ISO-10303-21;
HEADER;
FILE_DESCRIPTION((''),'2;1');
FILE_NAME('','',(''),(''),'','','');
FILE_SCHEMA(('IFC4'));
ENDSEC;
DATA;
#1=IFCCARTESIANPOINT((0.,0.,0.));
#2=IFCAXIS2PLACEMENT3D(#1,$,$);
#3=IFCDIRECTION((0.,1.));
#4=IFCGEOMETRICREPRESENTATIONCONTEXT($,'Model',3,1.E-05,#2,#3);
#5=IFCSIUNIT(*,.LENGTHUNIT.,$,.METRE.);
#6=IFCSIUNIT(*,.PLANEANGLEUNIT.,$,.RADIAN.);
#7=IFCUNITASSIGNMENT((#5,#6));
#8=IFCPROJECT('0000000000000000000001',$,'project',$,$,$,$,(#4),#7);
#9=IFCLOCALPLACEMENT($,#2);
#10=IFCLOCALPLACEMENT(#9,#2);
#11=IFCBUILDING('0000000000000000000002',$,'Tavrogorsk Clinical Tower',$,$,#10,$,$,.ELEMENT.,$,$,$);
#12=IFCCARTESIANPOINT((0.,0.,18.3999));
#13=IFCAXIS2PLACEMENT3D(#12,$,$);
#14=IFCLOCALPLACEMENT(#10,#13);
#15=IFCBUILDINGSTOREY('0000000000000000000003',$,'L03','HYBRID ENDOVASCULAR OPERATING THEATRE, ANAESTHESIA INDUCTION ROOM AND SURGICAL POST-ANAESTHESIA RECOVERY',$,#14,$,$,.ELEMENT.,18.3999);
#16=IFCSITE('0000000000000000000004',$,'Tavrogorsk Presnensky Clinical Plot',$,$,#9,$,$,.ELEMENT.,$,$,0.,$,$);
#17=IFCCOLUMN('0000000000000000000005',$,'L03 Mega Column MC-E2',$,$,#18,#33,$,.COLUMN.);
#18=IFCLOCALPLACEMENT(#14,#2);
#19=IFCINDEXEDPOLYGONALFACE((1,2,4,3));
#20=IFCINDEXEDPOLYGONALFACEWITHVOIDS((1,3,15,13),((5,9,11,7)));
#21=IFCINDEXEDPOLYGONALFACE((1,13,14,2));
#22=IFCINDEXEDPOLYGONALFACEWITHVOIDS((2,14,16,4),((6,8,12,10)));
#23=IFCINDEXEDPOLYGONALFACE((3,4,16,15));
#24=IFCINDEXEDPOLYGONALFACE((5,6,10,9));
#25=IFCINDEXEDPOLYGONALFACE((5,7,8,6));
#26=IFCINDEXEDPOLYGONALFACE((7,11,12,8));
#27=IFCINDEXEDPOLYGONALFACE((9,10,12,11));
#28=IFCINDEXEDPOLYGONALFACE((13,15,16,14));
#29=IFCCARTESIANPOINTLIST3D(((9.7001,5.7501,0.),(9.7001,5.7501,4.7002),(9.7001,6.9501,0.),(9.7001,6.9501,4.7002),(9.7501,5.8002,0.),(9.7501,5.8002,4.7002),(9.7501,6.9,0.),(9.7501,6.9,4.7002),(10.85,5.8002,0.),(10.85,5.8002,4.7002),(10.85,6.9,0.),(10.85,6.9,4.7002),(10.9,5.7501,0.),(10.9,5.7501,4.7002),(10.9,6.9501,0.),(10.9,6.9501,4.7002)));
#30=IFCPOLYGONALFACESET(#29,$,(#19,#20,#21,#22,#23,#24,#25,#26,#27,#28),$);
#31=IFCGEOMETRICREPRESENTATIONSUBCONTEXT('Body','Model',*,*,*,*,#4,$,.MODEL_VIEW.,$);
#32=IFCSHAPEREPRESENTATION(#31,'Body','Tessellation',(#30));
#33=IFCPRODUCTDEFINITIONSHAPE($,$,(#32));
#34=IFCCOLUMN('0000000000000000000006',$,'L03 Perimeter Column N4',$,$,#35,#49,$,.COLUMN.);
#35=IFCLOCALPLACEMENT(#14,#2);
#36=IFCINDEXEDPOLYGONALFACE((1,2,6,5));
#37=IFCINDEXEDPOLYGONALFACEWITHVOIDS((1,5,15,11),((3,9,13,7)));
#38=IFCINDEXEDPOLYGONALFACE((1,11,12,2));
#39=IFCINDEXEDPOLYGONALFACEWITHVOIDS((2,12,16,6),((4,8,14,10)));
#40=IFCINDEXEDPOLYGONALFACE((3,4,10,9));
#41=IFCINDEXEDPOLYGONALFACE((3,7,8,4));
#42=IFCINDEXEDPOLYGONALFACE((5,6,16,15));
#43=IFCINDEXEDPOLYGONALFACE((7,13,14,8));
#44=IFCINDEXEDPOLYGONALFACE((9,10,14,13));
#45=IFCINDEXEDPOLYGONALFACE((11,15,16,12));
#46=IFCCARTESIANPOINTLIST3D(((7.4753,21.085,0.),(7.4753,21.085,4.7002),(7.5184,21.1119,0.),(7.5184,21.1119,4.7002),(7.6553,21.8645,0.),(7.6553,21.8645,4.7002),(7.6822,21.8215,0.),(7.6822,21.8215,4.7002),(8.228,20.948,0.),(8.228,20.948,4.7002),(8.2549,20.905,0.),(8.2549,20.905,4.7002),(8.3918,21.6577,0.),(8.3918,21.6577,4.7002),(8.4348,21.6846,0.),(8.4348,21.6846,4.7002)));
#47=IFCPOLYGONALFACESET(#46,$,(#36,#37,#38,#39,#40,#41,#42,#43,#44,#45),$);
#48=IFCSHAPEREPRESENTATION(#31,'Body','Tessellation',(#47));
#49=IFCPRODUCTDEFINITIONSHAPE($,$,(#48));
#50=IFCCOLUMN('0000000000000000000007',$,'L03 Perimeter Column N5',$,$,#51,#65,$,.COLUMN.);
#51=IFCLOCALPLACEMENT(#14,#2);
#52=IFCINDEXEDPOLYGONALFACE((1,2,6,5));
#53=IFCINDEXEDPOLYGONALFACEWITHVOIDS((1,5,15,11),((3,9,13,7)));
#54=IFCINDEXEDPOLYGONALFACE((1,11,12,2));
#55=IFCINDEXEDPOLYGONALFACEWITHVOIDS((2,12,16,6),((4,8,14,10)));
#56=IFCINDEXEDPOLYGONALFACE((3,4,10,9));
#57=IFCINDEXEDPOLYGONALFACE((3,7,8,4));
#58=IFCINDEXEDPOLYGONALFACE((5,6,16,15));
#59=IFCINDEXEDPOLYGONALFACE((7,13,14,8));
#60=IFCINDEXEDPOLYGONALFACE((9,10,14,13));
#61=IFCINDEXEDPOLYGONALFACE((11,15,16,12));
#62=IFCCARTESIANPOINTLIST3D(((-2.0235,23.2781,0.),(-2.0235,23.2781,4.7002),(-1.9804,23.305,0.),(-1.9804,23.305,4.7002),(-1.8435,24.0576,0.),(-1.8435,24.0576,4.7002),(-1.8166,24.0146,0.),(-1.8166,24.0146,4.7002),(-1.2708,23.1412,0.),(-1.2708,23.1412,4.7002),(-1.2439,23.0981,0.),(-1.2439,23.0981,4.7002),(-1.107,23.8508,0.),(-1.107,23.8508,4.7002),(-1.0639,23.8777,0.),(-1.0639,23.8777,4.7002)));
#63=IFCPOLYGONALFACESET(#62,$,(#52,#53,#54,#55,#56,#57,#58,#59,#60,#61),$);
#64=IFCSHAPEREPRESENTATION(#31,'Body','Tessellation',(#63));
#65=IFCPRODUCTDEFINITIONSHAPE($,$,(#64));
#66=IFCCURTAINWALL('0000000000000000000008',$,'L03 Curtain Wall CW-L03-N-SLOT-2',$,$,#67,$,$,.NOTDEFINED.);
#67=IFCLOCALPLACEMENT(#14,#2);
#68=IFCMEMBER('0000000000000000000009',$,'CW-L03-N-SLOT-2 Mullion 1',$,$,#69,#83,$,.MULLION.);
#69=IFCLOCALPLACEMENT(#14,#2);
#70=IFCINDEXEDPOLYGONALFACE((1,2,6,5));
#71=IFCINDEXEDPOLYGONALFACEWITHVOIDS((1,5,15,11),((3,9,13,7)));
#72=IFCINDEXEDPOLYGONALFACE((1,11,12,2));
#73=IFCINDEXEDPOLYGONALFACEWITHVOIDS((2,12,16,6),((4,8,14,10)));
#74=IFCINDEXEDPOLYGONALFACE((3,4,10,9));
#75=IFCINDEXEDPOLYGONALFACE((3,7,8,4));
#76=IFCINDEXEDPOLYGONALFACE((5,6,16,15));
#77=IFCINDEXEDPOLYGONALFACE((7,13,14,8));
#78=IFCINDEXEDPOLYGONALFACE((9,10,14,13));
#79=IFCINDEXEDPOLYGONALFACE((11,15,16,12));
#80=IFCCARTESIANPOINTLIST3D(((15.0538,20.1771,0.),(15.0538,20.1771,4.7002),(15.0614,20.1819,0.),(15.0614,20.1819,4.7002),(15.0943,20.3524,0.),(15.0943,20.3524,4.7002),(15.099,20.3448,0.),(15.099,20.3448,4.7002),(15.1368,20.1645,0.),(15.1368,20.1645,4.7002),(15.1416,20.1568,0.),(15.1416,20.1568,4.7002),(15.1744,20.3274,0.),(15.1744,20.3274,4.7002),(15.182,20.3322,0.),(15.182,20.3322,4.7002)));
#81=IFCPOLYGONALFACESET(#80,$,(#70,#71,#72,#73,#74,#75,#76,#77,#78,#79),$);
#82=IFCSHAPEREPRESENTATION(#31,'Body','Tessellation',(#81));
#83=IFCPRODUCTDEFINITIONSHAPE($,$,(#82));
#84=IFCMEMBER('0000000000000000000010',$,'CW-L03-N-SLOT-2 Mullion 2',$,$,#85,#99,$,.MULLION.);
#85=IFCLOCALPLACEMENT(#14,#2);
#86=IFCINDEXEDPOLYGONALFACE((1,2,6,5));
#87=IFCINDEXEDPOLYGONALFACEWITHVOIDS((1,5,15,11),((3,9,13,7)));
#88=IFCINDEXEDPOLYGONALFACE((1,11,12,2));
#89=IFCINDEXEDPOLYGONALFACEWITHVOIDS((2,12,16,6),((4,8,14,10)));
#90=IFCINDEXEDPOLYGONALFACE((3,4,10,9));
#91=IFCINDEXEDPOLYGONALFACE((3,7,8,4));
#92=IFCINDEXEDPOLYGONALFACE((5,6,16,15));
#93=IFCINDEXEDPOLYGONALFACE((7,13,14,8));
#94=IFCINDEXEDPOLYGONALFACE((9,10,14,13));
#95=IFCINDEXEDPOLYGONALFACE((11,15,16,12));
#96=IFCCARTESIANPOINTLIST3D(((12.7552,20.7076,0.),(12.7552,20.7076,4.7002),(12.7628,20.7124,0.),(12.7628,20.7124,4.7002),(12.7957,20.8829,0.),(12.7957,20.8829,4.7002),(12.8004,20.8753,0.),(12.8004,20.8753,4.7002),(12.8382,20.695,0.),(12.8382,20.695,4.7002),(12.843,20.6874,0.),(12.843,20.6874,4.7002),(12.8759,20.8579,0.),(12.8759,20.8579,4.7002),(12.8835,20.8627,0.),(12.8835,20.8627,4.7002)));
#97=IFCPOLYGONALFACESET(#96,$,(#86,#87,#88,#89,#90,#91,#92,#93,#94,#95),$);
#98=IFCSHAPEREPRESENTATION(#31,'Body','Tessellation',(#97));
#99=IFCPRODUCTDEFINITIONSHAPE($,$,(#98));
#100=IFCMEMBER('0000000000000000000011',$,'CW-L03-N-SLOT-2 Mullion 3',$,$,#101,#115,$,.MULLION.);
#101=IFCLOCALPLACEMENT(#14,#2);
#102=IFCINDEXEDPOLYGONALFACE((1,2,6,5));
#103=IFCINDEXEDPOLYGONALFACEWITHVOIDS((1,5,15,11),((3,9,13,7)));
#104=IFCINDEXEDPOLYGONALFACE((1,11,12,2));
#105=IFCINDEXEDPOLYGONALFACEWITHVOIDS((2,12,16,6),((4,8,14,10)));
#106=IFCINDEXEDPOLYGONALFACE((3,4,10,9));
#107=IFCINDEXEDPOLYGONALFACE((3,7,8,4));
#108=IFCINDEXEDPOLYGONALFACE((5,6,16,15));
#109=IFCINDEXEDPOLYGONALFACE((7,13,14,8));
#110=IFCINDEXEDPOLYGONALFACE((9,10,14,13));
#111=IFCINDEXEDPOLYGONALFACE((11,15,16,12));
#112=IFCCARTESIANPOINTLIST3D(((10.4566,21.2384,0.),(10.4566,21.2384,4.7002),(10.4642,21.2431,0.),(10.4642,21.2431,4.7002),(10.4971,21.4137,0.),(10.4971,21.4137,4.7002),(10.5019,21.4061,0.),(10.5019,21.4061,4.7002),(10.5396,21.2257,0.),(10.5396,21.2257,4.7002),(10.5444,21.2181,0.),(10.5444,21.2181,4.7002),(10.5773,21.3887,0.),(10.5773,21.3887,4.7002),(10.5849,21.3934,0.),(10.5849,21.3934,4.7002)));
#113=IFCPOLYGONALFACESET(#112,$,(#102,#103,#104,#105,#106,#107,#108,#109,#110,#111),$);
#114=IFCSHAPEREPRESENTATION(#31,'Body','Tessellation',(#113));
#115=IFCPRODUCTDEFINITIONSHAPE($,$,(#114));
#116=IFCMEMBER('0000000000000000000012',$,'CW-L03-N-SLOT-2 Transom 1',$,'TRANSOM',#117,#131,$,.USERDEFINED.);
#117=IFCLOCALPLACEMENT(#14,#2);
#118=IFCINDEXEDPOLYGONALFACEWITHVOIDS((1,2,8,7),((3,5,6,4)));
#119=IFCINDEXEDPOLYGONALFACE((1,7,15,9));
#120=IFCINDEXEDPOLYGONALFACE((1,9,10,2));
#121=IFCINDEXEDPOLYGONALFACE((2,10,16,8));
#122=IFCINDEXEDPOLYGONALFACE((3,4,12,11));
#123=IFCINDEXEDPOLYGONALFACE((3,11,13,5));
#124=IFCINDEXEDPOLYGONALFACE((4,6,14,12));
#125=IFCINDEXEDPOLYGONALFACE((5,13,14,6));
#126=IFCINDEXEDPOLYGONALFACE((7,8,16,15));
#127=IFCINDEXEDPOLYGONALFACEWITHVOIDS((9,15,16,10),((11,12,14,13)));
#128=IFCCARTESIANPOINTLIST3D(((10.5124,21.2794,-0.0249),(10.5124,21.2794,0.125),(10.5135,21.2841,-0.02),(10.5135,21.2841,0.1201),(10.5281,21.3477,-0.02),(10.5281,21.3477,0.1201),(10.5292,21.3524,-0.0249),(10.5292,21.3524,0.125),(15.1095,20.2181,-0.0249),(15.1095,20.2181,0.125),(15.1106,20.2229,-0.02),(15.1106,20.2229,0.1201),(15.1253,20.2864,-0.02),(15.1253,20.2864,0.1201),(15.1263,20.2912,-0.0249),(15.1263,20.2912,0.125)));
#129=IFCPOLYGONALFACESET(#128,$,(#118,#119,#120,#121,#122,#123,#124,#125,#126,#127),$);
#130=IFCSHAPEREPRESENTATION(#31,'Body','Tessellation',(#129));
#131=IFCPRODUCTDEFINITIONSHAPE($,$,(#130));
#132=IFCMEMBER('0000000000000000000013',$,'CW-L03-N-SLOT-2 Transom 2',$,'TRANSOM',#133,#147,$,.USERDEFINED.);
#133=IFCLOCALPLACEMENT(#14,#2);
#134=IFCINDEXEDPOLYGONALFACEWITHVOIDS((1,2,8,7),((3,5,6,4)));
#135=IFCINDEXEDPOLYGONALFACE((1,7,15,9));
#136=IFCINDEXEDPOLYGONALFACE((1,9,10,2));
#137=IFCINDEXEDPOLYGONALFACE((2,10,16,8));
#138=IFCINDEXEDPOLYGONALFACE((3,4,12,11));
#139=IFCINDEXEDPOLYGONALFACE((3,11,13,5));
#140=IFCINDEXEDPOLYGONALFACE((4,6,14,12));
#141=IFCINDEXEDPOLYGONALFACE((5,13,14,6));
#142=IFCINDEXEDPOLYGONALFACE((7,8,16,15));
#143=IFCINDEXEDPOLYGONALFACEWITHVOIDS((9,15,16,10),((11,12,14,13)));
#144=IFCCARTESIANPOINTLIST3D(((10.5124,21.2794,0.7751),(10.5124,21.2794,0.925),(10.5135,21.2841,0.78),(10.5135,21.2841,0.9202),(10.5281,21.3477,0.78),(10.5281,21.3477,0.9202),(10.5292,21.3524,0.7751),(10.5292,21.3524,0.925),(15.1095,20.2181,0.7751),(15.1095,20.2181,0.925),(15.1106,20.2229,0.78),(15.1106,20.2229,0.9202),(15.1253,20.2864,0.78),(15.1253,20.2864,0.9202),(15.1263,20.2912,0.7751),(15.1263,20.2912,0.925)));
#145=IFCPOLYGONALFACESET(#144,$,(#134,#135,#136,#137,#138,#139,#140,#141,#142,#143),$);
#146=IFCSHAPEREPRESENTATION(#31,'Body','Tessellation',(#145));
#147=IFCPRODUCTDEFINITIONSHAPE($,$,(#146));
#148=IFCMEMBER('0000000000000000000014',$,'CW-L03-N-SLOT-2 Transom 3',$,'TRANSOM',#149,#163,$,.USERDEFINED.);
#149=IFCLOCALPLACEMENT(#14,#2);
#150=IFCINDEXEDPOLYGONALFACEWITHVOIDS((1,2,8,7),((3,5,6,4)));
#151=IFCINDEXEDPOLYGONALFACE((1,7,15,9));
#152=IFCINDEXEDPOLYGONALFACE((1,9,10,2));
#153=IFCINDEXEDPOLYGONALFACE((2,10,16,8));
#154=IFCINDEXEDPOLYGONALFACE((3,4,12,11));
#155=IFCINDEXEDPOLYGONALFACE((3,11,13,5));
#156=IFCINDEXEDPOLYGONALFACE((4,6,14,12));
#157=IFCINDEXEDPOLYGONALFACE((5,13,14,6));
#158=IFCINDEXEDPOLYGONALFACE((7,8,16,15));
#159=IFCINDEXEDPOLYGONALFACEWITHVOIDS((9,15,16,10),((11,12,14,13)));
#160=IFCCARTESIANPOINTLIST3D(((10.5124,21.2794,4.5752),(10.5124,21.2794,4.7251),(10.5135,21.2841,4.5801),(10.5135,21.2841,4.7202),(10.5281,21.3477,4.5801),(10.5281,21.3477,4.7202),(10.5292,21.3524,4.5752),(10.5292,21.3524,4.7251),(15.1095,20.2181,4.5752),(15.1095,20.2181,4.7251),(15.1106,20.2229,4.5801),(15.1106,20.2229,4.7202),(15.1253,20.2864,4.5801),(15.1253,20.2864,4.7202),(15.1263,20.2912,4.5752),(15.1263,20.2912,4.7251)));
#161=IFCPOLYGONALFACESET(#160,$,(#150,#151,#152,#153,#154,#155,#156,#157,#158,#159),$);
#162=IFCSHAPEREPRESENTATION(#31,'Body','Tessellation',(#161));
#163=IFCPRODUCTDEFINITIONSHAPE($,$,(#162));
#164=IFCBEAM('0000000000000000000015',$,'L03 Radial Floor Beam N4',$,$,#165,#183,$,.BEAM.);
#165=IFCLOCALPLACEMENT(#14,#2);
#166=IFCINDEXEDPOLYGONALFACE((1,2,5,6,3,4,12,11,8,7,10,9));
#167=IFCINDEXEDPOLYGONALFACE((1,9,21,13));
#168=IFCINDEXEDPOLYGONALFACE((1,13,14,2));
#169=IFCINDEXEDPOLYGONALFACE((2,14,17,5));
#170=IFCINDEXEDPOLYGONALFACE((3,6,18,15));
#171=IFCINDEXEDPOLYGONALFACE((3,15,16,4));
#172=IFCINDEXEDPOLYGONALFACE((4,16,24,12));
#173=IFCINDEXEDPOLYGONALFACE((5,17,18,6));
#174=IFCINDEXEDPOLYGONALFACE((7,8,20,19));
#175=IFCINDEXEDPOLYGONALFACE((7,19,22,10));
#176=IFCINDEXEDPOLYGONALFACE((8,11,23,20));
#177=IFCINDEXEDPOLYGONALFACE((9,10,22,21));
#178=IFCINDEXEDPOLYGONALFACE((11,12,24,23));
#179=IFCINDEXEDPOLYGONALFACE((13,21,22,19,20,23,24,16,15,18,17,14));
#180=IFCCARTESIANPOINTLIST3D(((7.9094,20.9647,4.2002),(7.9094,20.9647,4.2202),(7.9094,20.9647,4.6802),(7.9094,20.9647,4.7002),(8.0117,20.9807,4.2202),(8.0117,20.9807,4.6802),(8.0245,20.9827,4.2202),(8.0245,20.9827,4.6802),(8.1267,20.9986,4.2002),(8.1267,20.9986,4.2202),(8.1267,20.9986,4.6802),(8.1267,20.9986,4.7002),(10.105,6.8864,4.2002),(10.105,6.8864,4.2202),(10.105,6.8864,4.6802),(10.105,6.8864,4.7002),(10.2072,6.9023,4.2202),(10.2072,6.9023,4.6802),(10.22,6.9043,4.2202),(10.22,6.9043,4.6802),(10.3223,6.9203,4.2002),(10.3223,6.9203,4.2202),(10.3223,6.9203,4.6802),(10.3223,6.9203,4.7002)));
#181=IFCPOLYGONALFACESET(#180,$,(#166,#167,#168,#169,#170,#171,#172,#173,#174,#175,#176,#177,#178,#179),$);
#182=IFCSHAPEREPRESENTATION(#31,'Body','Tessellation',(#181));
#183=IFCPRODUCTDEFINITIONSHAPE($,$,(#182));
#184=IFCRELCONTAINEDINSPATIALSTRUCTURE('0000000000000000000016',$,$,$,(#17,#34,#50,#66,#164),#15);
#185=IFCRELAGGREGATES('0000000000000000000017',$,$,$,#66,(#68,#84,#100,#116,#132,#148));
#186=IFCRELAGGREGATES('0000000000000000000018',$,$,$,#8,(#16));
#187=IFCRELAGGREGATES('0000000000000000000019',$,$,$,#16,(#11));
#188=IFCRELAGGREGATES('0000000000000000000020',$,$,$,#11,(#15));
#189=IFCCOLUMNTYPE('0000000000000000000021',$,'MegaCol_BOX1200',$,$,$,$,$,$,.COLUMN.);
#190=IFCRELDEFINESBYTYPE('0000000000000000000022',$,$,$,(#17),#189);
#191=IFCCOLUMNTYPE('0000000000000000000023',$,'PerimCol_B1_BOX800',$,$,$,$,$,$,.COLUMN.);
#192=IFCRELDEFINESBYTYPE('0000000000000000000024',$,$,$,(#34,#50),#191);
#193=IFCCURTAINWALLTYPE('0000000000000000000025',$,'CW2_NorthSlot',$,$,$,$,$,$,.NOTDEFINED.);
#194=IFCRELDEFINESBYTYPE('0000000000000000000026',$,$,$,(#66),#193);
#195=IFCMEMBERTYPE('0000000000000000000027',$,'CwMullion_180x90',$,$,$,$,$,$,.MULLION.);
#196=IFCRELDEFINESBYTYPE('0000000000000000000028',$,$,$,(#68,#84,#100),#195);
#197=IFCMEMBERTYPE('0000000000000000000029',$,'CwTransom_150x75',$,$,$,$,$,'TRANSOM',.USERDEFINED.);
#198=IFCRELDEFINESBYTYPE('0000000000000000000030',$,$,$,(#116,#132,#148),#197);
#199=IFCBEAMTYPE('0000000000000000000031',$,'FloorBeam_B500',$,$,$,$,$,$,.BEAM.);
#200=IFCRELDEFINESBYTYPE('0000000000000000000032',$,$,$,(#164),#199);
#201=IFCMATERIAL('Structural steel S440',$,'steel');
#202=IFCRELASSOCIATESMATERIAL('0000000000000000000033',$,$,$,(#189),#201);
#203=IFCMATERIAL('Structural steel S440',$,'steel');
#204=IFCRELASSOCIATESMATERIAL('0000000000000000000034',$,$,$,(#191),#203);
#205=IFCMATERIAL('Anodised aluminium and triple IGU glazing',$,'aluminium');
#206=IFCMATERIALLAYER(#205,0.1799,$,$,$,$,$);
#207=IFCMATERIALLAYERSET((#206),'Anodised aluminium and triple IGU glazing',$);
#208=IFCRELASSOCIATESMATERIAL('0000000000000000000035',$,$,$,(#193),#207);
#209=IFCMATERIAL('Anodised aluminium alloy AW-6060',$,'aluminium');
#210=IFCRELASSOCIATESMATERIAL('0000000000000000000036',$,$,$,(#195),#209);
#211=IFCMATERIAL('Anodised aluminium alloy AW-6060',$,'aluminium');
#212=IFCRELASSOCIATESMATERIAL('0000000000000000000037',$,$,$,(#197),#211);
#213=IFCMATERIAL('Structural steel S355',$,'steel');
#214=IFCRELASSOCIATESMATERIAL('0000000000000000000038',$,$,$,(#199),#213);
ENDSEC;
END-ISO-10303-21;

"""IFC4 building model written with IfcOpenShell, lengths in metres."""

from ifc_helpers import new_model, si_unit, direction, frame, origin, origin_2d, place, context, subcontext, project, spatial, hollow_rectangle, i_section, extrude, material, layer, layer_set, material_profile, profile_set, type_object, element, aggregate, save


model = new_model("IFC4")

# Units and contexts
model_context = context("Model", 3, precision=1e-05, world=origin(), true_north=direction((0.0, 1.0)))
body_context = subcontext(model_context, "Body", "Model", "MODEL_VIEW")
ifc_project = project(units=[si_unit("LENGTHUNIT", "METRE"), si_unit("PLANEANGLEUNIT", "RADIAN")], contexts=[model_context])

# Site, building, storey
site_placement = place(None, origin())
site = spatial("IfcSite", under=ifc_project, at=site_placement, Name="Tavrogorsk Presnensky Clinical Plot", CompositionType="ELEMENT", RefElevation=0.0)
building_placement = place(site_placement, origin())
building = spatial("IfcBuilding", under=site, at=building_placement, Name="Tavrogorsk Clinical Tower", CompositionType="ELEMENT")
storey_placement = place(building_placement, frame((0.0, 0.0, 18.3999)))
storey = spatial("IfcBuildingStorey", under=building, at=storey_placement, Name="L03", Description="HYBRID ENDOVASCULAR OPERATING THEATRE, ANAESTHESIA INDUCTION ROOM AND SURGICAL POST-ANAESTHESIA RECOVERY", CompositionType="ELEMENT", Elevation=18.3999)

# Columns
ifc_material_1 = material(Name="Structural steel S440", Category="steel")
ifc_material_profile_1 = material_profile(ifc_material_1, hollow_rectangle(XDim=1.2, YDim=1.2, WallThickness=0.05, at=origin_2d()), Name="BOX-1200x1200x50")
ifc_profile_set_1 = profile_set([ifc_material_profile_1], Name="Structural steel S440")
column_type_1 = type_object("IfcColumnType", Name="MegaCol_BOX1200", PredefinedType="COLUMN", material=ifc_profile_set_1)
column_placement = place(storey_placement, frame((10.3, 6.3501, 0.0), z_axis=(0.0, 0.0, 1.0), x_axis=(1.0, 0.0, 0.0)))
element("IfcColumn", 1, at=column_placement, inside=storey, type_object=column_type_1, Name="L03 Mega Column MC-E2", PredefinedType="COLUMN", context=body_context, shape_type="SweptSolid", body=[
    extrude(hollow_rectangle(XDim=1.2, YDim=1.2, WallThickness=0.05, at=origin_2d()), origin(), (0.0, 0.0, 1.0), 4.7002),
])
ifc_material_2 = material(Name="Structural steel S440", Category="steel")
ifc_material_profile_2 = material_profile(ifc_material_2, hollow_rectangle(XDim=0.8, YDim=0.8, WallThickness=0.0359, at=origin_2d()), Name="BOX-800x800x36")
ifc_profile_set_2 = profile_set([ifc_material_profile_2], Name="Structural steel S440")
column_type_2 = type_object("IfcColumnType", Name="PerimCol_B1_BOX800", PredefinedType="COLUMN", material=ifc_profile_set_2)
for number, where, z_axis, x_axis, name in (
    (2, (7.9551, 21.3848, 0.0), (0.0, 0.0, 1.0), (0.97437, -0.224951, 0.0), "L03 Perimeter Column N4"),
    (3, (-1.5437, 23.5779, 0.0), (0.0, 0.0, 1.0), (0.97437, -0.224951, 0.0), "L03 Perimeter Column N5"),
):
    element("IfcColumn", number, at=place(storey_placement, frame(where, z_axis=z_axis, x_axis=x_axis)), inside=storey, type_object=column_type_2, Name=name, PredefinedType="COLUMN", context=body_context, shape_type="SweptSolid", body=[
        extrude(hollow_rectangle(XDim=0.8, YDim=0.8, WallThickness=0.0359, at=origin_2d()), origin(), (0.0, 0.0, 1.0), 4.7002),
    ])

# Curtain wall, members
ifc_material_3 = material(Name="Anodised aluminium and triple IGU glazing", Category="aluminium")
ifc_layer_1 = layer(ifc_material_3, 0.1799)
ifc_layer_set_1 = layer_set([ifc_layer_1], Name="Anodised aluminium and triple IGU glazing")
curtain_wall_type = type_object("IfcCurtainWallType", Name="CW2_NorthSlot", PredefinedType="NOTDEFINED", material=ifc_layer_set_1)
curtain_wall_placement = place(storey_placement, origin())
curtain_wall = element("IfcCurtainWall", 4, at=curtain_wall_placement, inside=storey, type_object=curtain_wall_type, Name="L03 Curtain Wall CW-L03-N-SLOT-2", PredefinedType="NOTDEFINED")
ifc_material_4 = material(Name="Anodised aluminium alloy AW-6060", Category="aluminium")
ifc_material_profile_3 = material_profile(ifc_material_4, hollow_rectangle(XDim=0.0901, YDim=0.1799, WallThickness=0.0063, at=origin_2d()), Name="RHS-180x90x6.3")
ifc_profile_set_3 = profile_set([ifc_material_profile_3], Name="Anodised aluminium alloy AW-6060")
member_type_1 = type_object("IfcMemberType", Name="CwMullion_180x90", PredefinedType="MULLION", material=ifc_profile_set_3)
member_1_placement = place(storey_placement, frame((15.1179, 20.2546, 0.0), z_axis=(0.0, 0.0, 1.0), x_axis=(-0.97437, 0.224951, 0.0)))
member_1 = element("IfcMember", 5, at=member_1_placement, type_object=member_type_1, Name="CW-L03-N-SLOT-2 Mullion 1", PredefinedType="MULLION", context=body_context, shape_type="SweptSolid", body=[
    extrude(hollow_rectangle(XDim=0.0901, YDim=0.1799, WallThickness=0.0063, at=origin_2d()), origin(), (0.0, 0.0, 1.0), 4.7002),
])
member_2_placement = place(storey_placement, frame((12.8193, 20.7852, 0.0), z_axis=(0.0, 0.0, 1.0), x_axis=(-0.97437, 0.224951, 0.0)))
member_2 = element("IfcMember", 6, at=member_2_placement, type_object=member_type_1, Name="CW-L03-N-SLOT-2 Mullion 2", PredefinedType="MULLION", context=body_context, shape_type="SweptSolid", body=[
    extrude(hollow_rectangle(XDim=0.0901, YDim=0.1799, WallThickness=0.0063, at=origin_2d()), origin(), (0.0, 0.0, 1.0), 4.7002),
])
member_3_placement = place(storey_placement, frame((10.5208, 21.3159, 0.0), z_axis=(0.0, 0.0, 1.0), x_axis=(-0.97437, 0.224951, 0.0)))
member_3 = element("IfcMember", 7, at=member_3_placement, type_object=member_type_1, Name="CW-L03-N-SLOT-2 Mullion 3", PredefinedType="MULLION", context=body_context, shape_type="SweptSolid", body=[
    extrude(hollow_rectangle(XDim=0.0901, YDim=0.1799, WallThickness=0.0063, at=origin_2d()), origin(), (0.0, 0.0, 1.0), 4.7002),
])
ifc_material_5 = material(Name="Anodised aluminium alloy AW-6060", Category="aluminium")
ifc_material_profile_4 = material_profile(ifc_material_5, hollow_rectangle(XDim=0.075, YDim=0.1499, WallThickness=0.0049, at=origin_2d()), Name="RHS-150x75x5")
ifc_profile_set_4 = profile_set([ifc_material_profile_4], Name="Anodised aluminium alloy AW-6060")
member_type_2 = type_object("IfcMemberType", Name="CwTransom_150x75", ElementType="TRANSOM", PredefinedType="USERDEFINED", material=ifc_profile_set_4)
member_4_placement = place(storey_placement, frame((15.1179, 20.2546, 0.05), z_axis=(-0.974373, 0.224939, 0.0), x_axis=(-0.224939, -0.974373, 0.0)))
member_4 = element("IfcMember", 8, at=member_4_placement, type_object=member_type_2, Name="CW-L03-N-SLOT-2 Transom 1", ObjectType="TRANSOM", PredefinedType="USERDEFINED", context=body_context, shape_type="SweptSolid", body=[
    extrude(hollow_rectangle(XDim=0.075, YDim=0.1499, WallThickness=0.0049, at=origin_2d()), origin(), (0.0, 0.0, 1.0), 4.718),
])
member_5_placement = place(storey_placement, frame((15.1179, 20.2546, 0.8501), z_axis=(-0.974373, 0.224939, 0.0), x_axis=(-0.224939, -0.974373, 0.0)))
member_5 = element("IfcMember", 9, at=member_5_placement, type_object=member_type_2, Name="CW-L03-N-SLOT-2 Transom 2", ObjectType="TRANSOM", PredefinedType="USERDEFINED", context=body_context, shape_type="SweptSolid", body=[
    extrude(hollow_rectangle(XDim=0.075, YDim=0.1499, WallThickness=0.0049, at=origin_2d()), origin(), (0.0, 0.0, 1.0), 4.718),
])
member_6_placement = place(storey_placement, frame((15.1179, 20.2546, 4.6501), z_axis=(-0.974373, 0.224939, 0.0), x_axis=(-0.224939, -0.974373, 0.0)))
member_6 = element("IfcMember", 10, at=member_6_placement, type_object=member_type_2, Name="CW-L03-N-SLOT-2 Transom 3", ObjectType="TRANSOM", PredefinedType="USERDEFINED", context=body_context, shape_type="SweptSolid", body=[
    extrude(hollow_rectangle(XDim=0.075, YDim=0.1499, WallThickness=0.0049, at=origin_2d()), origin(), (0.0, 0.0, 1.0), 4.718),
])

# Beam
ifc_material_6 = material(Name="Structural steel S355", Category="steel")
ifc_material_profile_5 = material_profile(ifc_material_6, i_section(OverallWidth=0.22, OverallDepth=0.5, WebThickness=0.0129, FlangeThickness=0.02, at=origin_2d()), Name="B-500x220x13x20")
ifc_profile_set_5 = profile_set([ifc_material_profile_5], Name="Structural steel S355")
beam_type_1 = type_object("IfcBeamType", Name="FloorBeam_B500", PredefinedType="BEAM", material=ifc_profile_set_5)
beam_placement = place(storey_placement, frame((10.2136, 6.9033, 4.4502), z_axis=(-0.15409, 0.988057, 0.0), x_axis=(-0.988057, -0.15409, 0.0)))
element("IfcBeam", 11, at=beam_placement, inside=storey, type_object=beam_type_1, Name="L03 Radial Floor Beam N4", PredefinedType="BEAM", context=body_context, shape_type="SweptSolid", body=[
    extrude(i_section(OverallWidth=0.22, OverallDepth=0.5, WebThickness=0.0129, FlangeThickness=0.02, at=origin_2d()), origin(), (0.0, 0.0, 1.0), 14.2485),
])

aggregate(curtain_wall, [member_1, member_2, member_3, member_4, member_5, member_6])

save(model, "model.ifc")
